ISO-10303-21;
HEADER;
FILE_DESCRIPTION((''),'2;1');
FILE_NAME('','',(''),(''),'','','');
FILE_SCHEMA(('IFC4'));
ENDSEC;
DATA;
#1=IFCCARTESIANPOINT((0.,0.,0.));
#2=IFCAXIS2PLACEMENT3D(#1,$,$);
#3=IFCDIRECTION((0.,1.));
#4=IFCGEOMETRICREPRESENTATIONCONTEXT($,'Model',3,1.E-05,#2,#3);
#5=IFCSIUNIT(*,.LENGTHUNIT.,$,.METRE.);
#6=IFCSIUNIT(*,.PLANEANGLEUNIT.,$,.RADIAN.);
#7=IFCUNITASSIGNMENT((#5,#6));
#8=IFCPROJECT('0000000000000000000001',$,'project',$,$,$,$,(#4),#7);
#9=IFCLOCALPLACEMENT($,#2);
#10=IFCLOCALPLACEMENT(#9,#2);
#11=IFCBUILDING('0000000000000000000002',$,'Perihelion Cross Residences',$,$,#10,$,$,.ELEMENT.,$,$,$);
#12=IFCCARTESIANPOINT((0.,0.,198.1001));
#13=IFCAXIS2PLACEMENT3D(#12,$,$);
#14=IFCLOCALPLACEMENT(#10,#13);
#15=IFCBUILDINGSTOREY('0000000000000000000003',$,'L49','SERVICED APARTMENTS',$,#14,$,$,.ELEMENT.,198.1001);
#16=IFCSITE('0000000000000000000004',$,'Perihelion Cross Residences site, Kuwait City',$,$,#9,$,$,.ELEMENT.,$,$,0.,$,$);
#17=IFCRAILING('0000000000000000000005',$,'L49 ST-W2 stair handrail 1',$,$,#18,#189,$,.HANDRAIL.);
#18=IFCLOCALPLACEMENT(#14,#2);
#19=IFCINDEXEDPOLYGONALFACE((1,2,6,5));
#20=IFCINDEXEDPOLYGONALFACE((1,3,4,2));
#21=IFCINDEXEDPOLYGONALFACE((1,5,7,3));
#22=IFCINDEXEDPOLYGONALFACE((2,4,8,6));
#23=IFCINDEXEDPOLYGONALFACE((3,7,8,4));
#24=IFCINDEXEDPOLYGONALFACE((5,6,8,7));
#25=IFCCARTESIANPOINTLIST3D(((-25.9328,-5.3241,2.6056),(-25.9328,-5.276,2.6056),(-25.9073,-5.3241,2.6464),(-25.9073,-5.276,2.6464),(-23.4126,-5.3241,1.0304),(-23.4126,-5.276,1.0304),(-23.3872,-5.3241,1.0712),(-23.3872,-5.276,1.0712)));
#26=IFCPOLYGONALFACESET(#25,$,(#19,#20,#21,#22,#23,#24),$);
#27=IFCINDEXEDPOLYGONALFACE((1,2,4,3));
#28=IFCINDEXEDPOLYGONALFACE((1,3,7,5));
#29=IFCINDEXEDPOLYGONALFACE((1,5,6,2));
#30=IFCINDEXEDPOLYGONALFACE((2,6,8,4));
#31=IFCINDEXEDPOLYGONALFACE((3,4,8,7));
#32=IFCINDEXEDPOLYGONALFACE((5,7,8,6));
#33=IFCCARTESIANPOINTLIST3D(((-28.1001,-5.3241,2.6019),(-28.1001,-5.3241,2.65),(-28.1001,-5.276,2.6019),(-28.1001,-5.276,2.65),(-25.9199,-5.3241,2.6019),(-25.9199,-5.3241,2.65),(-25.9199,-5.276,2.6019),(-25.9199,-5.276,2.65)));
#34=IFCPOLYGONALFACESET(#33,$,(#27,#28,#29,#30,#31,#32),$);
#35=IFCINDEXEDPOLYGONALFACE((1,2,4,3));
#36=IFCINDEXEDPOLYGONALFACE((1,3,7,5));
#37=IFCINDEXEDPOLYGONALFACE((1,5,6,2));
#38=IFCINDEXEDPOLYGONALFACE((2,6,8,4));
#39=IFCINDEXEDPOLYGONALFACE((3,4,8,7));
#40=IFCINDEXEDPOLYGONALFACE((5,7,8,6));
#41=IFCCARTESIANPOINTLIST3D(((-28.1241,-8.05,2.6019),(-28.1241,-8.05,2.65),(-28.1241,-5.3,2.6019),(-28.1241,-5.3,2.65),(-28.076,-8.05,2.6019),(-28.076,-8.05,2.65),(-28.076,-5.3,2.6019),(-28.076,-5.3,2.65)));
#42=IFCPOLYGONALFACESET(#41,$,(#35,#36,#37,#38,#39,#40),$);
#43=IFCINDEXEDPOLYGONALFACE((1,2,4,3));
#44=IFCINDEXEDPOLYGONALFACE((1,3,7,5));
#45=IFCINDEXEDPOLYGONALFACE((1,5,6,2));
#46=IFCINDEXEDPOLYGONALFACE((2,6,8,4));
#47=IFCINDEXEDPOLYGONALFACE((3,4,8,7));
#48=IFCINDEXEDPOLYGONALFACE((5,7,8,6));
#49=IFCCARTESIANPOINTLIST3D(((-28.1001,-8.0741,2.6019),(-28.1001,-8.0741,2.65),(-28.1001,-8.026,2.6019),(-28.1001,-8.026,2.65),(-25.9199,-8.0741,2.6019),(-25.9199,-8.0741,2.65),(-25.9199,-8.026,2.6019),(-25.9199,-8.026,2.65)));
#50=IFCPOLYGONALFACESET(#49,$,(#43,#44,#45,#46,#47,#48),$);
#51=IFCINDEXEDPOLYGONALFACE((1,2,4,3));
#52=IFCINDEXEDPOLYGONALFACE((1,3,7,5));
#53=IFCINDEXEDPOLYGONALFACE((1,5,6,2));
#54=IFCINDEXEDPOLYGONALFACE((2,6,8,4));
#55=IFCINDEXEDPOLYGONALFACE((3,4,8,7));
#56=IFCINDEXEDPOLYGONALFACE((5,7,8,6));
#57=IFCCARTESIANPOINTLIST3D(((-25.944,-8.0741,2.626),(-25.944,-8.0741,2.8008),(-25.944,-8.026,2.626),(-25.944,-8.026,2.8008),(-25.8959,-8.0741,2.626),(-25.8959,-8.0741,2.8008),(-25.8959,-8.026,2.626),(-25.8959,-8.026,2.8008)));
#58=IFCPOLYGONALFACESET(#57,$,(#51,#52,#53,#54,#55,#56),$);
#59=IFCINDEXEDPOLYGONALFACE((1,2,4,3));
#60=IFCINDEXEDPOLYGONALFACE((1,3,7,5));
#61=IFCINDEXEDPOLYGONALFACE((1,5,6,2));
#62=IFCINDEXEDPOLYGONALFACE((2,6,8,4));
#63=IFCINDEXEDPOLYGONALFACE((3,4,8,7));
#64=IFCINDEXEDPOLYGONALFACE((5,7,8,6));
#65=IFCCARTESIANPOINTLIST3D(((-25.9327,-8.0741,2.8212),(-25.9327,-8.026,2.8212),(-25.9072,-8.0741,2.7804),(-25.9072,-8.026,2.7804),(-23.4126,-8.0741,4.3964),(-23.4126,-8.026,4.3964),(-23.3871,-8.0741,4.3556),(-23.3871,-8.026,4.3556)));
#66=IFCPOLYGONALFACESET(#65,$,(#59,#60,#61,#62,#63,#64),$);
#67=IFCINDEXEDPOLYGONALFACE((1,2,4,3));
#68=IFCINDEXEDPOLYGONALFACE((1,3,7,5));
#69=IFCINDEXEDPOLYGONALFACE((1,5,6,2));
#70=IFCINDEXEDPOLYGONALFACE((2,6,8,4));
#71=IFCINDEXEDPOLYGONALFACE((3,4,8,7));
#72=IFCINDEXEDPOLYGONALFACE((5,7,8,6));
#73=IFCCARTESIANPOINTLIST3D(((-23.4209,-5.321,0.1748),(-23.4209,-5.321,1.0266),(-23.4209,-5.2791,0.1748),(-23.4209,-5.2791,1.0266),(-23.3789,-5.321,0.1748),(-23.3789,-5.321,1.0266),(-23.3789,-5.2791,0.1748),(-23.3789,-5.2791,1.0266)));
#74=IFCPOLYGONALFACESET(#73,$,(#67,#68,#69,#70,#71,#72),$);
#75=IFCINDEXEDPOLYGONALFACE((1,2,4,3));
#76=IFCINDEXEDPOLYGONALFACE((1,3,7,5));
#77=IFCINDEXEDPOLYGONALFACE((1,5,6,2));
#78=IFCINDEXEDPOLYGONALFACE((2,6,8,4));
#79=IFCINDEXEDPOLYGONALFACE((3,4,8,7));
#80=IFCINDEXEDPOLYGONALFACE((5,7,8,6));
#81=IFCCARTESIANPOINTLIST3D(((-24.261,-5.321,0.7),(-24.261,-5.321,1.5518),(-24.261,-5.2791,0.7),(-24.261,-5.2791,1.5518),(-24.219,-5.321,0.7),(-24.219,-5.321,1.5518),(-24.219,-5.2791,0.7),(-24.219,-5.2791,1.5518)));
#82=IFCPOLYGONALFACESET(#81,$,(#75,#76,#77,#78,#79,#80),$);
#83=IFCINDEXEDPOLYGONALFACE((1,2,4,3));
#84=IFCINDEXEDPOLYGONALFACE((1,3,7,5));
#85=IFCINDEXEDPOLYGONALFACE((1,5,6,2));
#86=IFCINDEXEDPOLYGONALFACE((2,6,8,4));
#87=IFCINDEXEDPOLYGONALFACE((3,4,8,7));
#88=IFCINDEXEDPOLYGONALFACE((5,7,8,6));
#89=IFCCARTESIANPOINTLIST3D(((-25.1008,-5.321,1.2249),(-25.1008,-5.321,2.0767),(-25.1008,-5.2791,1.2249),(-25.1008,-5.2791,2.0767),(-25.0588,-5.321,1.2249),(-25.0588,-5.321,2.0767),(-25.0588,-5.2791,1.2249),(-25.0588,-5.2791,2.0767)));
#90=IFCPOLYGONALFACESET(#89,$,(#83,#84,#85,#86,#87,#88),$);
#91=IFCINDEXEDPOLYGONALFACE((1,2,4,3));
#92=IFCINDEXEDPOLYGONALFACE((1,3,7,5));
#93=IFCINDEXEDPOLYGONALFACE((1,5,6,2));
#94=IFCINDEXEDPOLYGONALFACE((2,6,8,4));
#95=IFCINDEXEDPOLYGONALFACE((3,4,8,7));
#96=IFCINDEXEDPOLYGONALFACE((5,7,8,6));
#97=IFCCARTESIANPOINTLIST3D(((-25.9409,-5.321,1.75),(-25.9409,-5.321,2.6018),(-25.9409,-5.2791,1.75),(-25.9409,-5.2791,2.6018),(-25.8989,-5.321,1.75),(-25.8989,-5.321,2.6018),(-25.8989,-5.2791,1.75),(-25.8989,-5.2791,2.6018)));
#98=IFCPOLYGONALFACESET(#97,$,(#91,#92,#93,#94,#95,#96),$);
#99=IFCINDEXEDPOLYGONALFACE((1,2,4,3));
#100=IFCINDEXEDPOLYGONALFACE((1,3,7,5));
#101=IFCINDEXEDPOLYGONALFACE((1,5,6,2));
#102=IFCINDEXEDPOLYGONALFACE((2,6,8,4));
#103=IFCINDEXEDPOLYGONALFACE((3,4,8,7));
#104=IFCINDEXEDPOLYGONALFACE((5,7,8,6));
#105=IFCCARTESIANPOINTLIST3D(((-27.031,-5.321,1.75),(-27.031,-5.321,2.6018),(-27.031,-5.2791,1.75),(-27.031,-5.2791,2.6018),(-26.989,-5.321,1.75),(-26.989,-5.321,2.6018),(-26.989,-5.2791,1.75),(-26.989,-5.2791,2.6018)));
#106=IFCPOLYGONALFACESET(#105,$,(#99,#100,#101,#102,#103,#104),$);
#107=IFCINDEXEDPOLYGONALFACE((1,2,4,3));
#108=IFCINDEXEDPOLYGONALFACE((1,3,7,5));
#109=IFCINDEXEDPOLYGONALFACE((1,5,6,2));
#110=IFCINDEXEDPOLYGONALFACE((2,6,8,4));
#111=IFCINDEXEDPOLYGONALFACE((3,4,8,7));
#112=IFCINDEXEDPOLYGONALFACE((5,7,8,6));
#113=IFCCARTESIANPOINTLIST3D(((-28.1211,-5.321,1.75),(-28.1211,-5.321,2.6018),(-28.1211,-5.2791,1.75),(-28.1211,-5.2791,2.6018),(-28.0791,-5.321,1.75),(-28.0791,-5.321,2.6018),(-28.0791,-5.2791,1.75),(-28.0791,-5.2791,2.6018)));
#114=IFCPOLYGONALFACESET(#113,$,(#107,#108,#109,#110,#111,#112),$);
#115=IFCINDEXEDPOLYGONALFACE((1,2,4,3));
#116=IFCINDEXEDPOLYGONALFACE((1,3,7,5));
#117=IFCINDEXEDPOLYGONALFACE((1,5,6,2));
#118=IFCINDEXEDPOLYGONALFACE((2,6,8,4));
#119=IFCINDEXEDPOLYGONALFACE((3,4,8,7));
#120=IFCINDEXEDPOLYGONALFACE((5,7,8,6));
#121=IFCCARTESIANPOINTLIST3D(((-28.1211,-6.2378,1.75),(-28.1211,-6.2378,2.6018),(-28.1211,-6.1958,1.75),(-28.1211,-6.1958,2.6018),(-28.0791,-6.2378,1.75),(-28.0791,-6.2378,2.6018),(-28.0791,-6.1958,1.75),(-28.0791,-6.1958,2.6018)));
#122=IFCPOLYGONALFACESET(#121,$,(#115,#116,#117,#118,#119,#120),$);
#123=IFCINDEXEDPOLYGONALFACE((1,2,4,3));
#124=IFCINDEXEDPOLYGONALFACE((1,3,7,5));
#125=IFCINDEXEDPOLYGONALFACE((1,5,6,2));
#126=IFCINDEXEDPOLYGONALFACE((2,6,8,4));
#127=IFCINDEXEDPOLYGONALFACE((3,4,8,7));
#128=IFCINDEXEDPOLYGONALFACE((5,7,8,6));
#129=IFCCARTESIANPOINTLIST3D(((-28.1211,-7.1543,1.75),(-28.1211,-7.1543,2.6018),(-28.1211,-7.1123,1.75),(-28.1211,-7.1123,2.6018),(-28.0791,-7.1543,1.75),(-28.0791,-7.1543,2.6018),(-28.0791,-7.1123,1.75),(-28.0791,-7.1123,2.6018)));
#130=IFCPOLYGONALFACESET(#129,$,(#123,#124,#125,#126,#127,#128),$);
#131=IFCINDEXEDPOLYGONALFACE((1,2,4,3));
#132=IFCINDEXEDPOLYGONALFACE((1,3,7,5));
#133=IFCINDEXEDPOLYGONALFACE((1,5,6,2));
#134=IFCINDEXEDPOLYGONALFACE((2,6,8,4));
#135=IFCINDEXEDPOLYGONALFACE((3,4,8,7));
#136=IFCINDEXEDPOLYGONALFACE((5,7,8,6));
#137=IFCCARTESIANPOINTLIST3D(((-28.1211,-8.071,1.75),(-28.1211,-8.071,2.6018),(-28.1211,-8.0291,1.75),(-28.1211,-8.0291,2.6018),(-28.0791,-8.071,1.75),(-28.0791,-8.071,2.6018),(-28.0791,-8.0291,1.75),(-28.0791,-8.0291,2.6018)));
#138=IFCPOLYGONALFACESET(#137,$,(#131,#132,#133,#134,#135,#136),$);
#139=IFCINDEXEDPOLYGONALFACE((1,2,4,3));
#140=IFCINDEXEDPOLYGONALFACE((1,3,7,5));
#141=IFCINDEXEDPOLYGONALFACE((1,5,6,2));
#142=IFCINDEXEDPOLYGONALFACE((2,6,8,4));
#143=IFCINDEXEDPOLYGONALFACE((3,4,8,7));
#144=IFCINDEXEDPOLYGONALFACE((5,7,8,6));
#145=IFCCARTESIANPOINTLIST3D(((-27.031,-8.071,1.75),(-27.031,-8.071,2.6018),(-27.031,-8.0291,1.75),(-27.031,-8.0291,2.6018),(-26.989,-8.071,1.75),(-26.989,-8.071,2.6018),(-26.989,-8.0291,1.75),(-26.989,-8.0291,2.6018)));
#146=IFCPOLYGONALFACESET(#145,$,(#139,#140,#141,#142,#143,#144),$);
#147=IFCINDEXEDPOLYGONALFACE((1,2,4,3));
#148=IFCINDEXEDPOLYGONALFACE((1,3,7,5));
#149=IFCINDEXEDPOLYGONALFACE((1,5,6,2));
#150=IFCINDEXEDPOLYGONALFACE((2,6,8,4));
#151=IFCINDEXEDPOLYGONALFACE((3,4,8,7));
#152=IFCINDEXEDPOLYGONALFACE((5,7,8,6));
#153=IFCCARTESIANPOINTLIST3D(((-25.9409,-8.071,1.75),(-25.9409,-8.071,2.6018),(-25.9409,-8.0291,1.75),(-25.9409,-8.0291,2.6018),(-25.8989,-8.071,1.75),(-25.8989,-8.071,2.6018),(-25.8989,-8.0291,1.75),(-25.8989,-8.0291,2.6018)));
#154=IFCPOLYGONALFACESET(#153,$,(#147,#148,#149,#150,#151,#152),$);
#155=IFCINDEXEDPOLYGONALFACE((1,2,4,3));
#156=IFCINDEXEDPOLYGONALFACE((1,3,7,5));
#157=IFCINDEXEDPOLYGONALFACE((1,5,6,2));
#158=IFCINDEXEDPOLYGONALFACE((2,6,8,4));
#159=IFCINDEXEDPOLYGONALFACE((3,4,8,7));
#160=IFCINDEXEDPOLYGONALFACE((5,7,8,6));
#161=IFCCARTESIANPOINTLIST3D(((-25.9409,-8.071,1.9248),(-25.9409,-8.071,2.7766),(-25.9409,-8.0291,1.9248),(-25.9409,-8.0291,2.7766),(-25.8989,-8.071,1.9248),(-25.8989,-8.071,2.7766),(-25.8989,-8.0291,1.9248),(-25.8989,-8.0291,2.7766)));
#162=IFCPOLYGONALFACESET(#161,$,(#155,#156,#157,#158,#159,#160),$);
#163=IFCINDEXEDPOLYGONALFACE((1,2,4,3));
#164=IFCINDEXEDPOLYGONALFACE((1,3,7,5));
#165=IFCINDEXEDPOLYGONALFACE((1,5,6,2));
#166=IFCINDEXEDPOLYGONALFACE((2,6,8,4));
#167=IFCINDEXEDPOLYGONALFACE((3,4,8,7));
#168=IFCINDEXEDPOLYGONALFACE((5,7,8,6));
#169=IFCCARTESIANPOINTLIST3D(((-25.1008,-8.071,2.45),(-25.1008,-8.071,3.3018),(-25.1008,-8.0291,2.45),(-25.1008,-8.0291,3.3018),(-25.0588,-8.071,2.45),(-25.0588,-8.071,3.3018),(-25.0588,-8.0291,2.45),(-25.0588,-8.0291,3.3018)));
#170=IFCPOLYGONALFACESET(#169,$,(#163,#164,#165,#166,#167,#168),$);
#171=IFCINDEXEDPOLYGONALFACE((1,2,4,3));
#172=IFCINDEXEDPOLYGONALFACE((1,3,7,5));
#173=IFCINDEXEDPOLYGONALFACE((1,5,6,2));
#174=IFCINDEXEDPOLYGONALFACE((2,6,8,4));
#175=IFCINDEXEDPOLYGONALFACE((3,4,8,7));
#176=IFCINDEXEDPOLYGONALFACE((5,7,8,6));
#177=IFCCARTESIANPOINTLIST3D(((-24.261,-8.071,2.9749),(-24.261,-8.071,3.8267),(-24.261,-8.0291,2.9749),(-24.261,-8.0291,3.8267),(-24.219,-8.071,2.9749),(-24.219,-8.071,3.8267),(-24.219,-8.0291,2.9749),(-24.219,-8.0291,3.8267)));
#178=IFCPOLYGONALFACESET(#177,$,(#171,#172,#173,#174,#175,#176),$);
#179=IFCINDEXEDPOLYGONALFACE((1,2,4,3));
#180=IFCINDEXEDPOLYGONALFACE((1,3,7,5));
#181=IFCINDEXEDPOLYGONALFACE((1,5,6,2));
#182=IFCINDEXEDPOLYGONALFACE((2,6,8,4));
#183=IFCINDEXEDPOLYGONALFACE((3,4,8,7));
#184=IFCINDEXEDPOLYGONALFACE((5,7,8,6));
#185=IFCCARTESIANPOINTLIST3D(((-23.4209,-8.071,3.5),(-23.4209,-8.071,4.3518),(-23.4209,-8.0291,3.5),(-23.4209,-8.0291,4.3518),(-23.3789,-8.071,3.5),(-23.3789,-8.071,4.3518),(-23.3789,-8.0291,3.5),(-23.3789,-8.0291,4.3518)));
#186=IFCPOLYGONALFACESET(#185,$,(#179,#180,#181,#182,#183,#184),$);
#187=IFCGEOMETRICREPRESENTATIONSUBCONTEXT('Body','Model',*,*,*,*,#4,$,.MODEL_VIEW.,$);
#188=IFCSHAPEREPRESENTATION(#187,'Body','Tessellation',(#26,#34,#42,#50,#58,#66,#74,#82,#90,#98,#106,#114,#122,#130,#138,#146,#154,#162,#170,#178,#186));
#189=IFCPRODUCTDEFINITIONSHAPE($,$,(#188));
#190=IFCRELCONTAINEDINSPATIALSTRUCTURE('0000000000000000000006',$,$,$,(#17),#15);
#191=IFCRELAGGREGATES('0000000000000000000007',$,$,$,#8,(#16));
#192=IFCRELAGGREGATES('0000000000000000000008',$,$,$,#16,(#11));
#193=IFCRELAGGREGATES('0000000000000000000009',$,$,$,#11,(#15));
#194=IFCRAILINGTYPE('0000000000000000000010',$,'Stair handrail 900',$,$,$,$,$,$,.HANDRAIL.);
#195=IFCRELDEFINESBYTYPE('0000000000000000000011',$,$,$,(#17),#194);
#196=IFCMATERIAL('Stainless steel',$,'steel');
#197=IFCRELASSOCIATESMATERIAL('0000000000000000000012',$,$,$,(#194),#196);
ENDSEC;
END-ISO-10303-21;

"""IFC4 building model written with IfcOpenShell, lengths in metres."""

from ifc_helpers import new_model, si_unit, direction, frame, origin, origin_2d, place, context, subcontext, project, spatial, rectangle, extrude, material, type_object, element, save


model = new_model("IFC4")

# Units and contexts
model_context = context("Model", 3, precision=1e-05, world=origin(), true_north=direction((0.0, 1.0)))
body_context = subcontext(model_context, "Body", "Model", "MODEL_VIEW")
ifc_project = project(units=[si_unit("LENGTHUNIT", "METRE"), si_unit("PLANEANGLEUNIT", "RADIAN")], contexts=[model_context])

# Site, building, storey
site_placement = place(None, origin())
site = spatial("IfcSite", under=ifc_project, at=site_placement, Name="Perihelion Cross Residences site, Kuwait City", CompositionType="ELEMENT", RefElevation=0.0)
building_placement = place(site_placement, origin())
building = spatial("IfcBuilding", under=site, at=building_placement, Name="Perihelion Cross Residences", CompositionType="ELEMENT")
storey_placement = place(building_placement, frame((0.0, 0.0, 198.1001)))
storey = spatial("IfcBuildingStorey", under=building, at=storey_placement, Name="L49", Description="SERVICED APARTMENTS", CompositionType="ELEMENT", Elevation=198.1001)

# Railing
ifc_material_1 = material(Name="Stainless steel", Category="steel")
railing_type_1 = type_object("IfcRailingType", Name="Stair handrail 900", PredefinedType="HANDRAIL", material=ifc_material_1)
railing_1_placement = place(storey_placement, frame((-23.3999, -5.3, 0.1748)))
element("IfcRailing", 1, at=railing_1_placement, inside=storey, type_object=railing_type_1, Name="L49 ST-W2 stair handrail 1", PredefinedType="HANDRAIL", context=body_context, shape_type="SweptSolid", body=[
    extrude(rectangle(XDim=0.0481, YDim=0.0481, at=origin_2d()), frame((0.0, 0.0, 0.876), z_axis=(-0.847971, 0.0, 0.530043), x_axis=(0.0, -1.0, 0.0)), (0.0, 0.0, 1.0), 2.9719),
    extrude(rectangle(XDim=0.0481, YDim=0.0481, at=origin_2d()), frame((-2.52, 0.0, 2.4512), z_axis=(-1.0, 0.0, 0.0), x_axis=(0.0, -1.0, 0.0)), (0.0, 0.0, 1.0), 2.1802),
    extrude(rectangle(XDim=0.0481, YDim=0.0481, at=origin_2d()), frame((-4.7002, 0.0, 2.4512), z_axis=(0.0, -1.0, 0.0), x_axis=(1.0, 0.0, 0.0)), (0.0, 0.0, 1.0), 2.75),
    extrude(rectangle(XDim=0.0481, YDim=0.0481, at=origin_2d()), frame((-4.7002, -2.75, 2.4512), z_axis=(1.0, 0.0, 0.0), x_axis=(0.0, 1.0, 0.0)), (0.0, 0.0, 1.0), 2.1802),
    extrude(rectangle(XDim=0.0481, YDim=0.0481, at=origin_2d()), frame((-2.52, -2.75, 2.4512), z_axis=(0.0, 0.0, 1.0), x_axis=(1.0, 0.0, 0.0)), (0.0, 0.0, 1.0), 0.1748),
    extrude(rectangle(XDim=0.0481, YDim=0.0481, at=origin_2d()), frame((-2.52, -2.75, 2.626), z_axis=(0.847971, 0.0, 0.530043), x_axis=(0.0, 1.0, 0.0)), (0.0, 0.0, 1.0), 2.9719),
    extrude(rectangle(XDim=0.042, YDim=0.042, at=origin_2d()), origin(), (0.0, 0.0, 1.0), 0.8518),
    extrude(rectangle(XDim=0.042, YDim=0.042, at=origin_2d()), frame((-0.8401, 0.0, 0.5251)), (0.0, 0.0, 1.0), 0.8518),
    extrude(rectangle(XDim=0.042, YDim=0.042, at=origin_2d()), frame((-1.6799, 0.0, 1.05)), (0.0, 0.0, 1.0), 0.8518),
    extrude(rectangle(XDim=0.042, YDim=0.042, at=origin_2d()), frame((-2.52, 0.0, 1.5752)), (0.0, 0.0, 1.0), 0.8518),
    extrude(rectangle(XDim=0.042, YDim=0.042, at=origin_2d()), frame((-3.6101, 0.0, 1.5752)), (0.0, 0.0, 1.0), 0.8518),
    extrude(rectangle(XDim=0.042, YDim=0.042, at=origin_2d()), frame((-4.7002, 0.0, 1.5752)), (0.0, 0.0, 1.0), 0.8518),
    extrude(rectangle(XDim=0.042, YDim=0.042, at=origin_2d()), frame((-4.7002, -0.9167, 1.5752)), (0.0, 0.0, 1.0), 0.8518),
    extrude(rectangle(XDim=0.042, YDim=0.042, at=origin_2d()), frame((-4.7002, -1.8333, 1.5752)), (0.0, 0.0, 1.0), 0.8518),
    extrude(rectangle(XDim=0.042, YDim=0.042, at=origin_2d()), frame((-4.7002, -2.75, 1.5752)), (0.0, 0.0, 1.0), 0.8518),
    extrude(rectangle(XDim=0.042, YDim=0.042, at=origin_2d()), frame((-3.6101, -2.75, 1.5752)), (0.0, 0.0, 1.0), 0.8518),
    extrude(rectangle(XDim=0.042, YDim=0.042, at=origin_2d()), frame((-2.52, -2.75, 1.5752)), (0.0, 0.0, 1.0), 0.8518),
    extrude(rectangle(XDim=0.042, YDim=0.042, at=origin_2d()), frame((-2.52, -2.75, 1.75)), (0.0, 0.0, 1.0), 0.8518),
    extrude(rectangle(XDim=0.042, YDim=0.042, at=origin_2d()), frame((-1.6799, -2.75, 2.2751)), (0.0, 0.0, 1.0), 0.8518),
    extrude(rectangle(XDim=0.042, YDim=0.042, at=origin_2d()), frame((-0.8401, -2.75, 2.8)), (0.0, 0.0, 1.0), 0.8518),
    extrude(rectangle(XDim=0.042, YDim=0.042, at=origin_2d()), frame((0.0, -2.75, 3.3252)), (0.0, 0.0, 1.0), 0.8518),
])

save(model, "model.ifc")
